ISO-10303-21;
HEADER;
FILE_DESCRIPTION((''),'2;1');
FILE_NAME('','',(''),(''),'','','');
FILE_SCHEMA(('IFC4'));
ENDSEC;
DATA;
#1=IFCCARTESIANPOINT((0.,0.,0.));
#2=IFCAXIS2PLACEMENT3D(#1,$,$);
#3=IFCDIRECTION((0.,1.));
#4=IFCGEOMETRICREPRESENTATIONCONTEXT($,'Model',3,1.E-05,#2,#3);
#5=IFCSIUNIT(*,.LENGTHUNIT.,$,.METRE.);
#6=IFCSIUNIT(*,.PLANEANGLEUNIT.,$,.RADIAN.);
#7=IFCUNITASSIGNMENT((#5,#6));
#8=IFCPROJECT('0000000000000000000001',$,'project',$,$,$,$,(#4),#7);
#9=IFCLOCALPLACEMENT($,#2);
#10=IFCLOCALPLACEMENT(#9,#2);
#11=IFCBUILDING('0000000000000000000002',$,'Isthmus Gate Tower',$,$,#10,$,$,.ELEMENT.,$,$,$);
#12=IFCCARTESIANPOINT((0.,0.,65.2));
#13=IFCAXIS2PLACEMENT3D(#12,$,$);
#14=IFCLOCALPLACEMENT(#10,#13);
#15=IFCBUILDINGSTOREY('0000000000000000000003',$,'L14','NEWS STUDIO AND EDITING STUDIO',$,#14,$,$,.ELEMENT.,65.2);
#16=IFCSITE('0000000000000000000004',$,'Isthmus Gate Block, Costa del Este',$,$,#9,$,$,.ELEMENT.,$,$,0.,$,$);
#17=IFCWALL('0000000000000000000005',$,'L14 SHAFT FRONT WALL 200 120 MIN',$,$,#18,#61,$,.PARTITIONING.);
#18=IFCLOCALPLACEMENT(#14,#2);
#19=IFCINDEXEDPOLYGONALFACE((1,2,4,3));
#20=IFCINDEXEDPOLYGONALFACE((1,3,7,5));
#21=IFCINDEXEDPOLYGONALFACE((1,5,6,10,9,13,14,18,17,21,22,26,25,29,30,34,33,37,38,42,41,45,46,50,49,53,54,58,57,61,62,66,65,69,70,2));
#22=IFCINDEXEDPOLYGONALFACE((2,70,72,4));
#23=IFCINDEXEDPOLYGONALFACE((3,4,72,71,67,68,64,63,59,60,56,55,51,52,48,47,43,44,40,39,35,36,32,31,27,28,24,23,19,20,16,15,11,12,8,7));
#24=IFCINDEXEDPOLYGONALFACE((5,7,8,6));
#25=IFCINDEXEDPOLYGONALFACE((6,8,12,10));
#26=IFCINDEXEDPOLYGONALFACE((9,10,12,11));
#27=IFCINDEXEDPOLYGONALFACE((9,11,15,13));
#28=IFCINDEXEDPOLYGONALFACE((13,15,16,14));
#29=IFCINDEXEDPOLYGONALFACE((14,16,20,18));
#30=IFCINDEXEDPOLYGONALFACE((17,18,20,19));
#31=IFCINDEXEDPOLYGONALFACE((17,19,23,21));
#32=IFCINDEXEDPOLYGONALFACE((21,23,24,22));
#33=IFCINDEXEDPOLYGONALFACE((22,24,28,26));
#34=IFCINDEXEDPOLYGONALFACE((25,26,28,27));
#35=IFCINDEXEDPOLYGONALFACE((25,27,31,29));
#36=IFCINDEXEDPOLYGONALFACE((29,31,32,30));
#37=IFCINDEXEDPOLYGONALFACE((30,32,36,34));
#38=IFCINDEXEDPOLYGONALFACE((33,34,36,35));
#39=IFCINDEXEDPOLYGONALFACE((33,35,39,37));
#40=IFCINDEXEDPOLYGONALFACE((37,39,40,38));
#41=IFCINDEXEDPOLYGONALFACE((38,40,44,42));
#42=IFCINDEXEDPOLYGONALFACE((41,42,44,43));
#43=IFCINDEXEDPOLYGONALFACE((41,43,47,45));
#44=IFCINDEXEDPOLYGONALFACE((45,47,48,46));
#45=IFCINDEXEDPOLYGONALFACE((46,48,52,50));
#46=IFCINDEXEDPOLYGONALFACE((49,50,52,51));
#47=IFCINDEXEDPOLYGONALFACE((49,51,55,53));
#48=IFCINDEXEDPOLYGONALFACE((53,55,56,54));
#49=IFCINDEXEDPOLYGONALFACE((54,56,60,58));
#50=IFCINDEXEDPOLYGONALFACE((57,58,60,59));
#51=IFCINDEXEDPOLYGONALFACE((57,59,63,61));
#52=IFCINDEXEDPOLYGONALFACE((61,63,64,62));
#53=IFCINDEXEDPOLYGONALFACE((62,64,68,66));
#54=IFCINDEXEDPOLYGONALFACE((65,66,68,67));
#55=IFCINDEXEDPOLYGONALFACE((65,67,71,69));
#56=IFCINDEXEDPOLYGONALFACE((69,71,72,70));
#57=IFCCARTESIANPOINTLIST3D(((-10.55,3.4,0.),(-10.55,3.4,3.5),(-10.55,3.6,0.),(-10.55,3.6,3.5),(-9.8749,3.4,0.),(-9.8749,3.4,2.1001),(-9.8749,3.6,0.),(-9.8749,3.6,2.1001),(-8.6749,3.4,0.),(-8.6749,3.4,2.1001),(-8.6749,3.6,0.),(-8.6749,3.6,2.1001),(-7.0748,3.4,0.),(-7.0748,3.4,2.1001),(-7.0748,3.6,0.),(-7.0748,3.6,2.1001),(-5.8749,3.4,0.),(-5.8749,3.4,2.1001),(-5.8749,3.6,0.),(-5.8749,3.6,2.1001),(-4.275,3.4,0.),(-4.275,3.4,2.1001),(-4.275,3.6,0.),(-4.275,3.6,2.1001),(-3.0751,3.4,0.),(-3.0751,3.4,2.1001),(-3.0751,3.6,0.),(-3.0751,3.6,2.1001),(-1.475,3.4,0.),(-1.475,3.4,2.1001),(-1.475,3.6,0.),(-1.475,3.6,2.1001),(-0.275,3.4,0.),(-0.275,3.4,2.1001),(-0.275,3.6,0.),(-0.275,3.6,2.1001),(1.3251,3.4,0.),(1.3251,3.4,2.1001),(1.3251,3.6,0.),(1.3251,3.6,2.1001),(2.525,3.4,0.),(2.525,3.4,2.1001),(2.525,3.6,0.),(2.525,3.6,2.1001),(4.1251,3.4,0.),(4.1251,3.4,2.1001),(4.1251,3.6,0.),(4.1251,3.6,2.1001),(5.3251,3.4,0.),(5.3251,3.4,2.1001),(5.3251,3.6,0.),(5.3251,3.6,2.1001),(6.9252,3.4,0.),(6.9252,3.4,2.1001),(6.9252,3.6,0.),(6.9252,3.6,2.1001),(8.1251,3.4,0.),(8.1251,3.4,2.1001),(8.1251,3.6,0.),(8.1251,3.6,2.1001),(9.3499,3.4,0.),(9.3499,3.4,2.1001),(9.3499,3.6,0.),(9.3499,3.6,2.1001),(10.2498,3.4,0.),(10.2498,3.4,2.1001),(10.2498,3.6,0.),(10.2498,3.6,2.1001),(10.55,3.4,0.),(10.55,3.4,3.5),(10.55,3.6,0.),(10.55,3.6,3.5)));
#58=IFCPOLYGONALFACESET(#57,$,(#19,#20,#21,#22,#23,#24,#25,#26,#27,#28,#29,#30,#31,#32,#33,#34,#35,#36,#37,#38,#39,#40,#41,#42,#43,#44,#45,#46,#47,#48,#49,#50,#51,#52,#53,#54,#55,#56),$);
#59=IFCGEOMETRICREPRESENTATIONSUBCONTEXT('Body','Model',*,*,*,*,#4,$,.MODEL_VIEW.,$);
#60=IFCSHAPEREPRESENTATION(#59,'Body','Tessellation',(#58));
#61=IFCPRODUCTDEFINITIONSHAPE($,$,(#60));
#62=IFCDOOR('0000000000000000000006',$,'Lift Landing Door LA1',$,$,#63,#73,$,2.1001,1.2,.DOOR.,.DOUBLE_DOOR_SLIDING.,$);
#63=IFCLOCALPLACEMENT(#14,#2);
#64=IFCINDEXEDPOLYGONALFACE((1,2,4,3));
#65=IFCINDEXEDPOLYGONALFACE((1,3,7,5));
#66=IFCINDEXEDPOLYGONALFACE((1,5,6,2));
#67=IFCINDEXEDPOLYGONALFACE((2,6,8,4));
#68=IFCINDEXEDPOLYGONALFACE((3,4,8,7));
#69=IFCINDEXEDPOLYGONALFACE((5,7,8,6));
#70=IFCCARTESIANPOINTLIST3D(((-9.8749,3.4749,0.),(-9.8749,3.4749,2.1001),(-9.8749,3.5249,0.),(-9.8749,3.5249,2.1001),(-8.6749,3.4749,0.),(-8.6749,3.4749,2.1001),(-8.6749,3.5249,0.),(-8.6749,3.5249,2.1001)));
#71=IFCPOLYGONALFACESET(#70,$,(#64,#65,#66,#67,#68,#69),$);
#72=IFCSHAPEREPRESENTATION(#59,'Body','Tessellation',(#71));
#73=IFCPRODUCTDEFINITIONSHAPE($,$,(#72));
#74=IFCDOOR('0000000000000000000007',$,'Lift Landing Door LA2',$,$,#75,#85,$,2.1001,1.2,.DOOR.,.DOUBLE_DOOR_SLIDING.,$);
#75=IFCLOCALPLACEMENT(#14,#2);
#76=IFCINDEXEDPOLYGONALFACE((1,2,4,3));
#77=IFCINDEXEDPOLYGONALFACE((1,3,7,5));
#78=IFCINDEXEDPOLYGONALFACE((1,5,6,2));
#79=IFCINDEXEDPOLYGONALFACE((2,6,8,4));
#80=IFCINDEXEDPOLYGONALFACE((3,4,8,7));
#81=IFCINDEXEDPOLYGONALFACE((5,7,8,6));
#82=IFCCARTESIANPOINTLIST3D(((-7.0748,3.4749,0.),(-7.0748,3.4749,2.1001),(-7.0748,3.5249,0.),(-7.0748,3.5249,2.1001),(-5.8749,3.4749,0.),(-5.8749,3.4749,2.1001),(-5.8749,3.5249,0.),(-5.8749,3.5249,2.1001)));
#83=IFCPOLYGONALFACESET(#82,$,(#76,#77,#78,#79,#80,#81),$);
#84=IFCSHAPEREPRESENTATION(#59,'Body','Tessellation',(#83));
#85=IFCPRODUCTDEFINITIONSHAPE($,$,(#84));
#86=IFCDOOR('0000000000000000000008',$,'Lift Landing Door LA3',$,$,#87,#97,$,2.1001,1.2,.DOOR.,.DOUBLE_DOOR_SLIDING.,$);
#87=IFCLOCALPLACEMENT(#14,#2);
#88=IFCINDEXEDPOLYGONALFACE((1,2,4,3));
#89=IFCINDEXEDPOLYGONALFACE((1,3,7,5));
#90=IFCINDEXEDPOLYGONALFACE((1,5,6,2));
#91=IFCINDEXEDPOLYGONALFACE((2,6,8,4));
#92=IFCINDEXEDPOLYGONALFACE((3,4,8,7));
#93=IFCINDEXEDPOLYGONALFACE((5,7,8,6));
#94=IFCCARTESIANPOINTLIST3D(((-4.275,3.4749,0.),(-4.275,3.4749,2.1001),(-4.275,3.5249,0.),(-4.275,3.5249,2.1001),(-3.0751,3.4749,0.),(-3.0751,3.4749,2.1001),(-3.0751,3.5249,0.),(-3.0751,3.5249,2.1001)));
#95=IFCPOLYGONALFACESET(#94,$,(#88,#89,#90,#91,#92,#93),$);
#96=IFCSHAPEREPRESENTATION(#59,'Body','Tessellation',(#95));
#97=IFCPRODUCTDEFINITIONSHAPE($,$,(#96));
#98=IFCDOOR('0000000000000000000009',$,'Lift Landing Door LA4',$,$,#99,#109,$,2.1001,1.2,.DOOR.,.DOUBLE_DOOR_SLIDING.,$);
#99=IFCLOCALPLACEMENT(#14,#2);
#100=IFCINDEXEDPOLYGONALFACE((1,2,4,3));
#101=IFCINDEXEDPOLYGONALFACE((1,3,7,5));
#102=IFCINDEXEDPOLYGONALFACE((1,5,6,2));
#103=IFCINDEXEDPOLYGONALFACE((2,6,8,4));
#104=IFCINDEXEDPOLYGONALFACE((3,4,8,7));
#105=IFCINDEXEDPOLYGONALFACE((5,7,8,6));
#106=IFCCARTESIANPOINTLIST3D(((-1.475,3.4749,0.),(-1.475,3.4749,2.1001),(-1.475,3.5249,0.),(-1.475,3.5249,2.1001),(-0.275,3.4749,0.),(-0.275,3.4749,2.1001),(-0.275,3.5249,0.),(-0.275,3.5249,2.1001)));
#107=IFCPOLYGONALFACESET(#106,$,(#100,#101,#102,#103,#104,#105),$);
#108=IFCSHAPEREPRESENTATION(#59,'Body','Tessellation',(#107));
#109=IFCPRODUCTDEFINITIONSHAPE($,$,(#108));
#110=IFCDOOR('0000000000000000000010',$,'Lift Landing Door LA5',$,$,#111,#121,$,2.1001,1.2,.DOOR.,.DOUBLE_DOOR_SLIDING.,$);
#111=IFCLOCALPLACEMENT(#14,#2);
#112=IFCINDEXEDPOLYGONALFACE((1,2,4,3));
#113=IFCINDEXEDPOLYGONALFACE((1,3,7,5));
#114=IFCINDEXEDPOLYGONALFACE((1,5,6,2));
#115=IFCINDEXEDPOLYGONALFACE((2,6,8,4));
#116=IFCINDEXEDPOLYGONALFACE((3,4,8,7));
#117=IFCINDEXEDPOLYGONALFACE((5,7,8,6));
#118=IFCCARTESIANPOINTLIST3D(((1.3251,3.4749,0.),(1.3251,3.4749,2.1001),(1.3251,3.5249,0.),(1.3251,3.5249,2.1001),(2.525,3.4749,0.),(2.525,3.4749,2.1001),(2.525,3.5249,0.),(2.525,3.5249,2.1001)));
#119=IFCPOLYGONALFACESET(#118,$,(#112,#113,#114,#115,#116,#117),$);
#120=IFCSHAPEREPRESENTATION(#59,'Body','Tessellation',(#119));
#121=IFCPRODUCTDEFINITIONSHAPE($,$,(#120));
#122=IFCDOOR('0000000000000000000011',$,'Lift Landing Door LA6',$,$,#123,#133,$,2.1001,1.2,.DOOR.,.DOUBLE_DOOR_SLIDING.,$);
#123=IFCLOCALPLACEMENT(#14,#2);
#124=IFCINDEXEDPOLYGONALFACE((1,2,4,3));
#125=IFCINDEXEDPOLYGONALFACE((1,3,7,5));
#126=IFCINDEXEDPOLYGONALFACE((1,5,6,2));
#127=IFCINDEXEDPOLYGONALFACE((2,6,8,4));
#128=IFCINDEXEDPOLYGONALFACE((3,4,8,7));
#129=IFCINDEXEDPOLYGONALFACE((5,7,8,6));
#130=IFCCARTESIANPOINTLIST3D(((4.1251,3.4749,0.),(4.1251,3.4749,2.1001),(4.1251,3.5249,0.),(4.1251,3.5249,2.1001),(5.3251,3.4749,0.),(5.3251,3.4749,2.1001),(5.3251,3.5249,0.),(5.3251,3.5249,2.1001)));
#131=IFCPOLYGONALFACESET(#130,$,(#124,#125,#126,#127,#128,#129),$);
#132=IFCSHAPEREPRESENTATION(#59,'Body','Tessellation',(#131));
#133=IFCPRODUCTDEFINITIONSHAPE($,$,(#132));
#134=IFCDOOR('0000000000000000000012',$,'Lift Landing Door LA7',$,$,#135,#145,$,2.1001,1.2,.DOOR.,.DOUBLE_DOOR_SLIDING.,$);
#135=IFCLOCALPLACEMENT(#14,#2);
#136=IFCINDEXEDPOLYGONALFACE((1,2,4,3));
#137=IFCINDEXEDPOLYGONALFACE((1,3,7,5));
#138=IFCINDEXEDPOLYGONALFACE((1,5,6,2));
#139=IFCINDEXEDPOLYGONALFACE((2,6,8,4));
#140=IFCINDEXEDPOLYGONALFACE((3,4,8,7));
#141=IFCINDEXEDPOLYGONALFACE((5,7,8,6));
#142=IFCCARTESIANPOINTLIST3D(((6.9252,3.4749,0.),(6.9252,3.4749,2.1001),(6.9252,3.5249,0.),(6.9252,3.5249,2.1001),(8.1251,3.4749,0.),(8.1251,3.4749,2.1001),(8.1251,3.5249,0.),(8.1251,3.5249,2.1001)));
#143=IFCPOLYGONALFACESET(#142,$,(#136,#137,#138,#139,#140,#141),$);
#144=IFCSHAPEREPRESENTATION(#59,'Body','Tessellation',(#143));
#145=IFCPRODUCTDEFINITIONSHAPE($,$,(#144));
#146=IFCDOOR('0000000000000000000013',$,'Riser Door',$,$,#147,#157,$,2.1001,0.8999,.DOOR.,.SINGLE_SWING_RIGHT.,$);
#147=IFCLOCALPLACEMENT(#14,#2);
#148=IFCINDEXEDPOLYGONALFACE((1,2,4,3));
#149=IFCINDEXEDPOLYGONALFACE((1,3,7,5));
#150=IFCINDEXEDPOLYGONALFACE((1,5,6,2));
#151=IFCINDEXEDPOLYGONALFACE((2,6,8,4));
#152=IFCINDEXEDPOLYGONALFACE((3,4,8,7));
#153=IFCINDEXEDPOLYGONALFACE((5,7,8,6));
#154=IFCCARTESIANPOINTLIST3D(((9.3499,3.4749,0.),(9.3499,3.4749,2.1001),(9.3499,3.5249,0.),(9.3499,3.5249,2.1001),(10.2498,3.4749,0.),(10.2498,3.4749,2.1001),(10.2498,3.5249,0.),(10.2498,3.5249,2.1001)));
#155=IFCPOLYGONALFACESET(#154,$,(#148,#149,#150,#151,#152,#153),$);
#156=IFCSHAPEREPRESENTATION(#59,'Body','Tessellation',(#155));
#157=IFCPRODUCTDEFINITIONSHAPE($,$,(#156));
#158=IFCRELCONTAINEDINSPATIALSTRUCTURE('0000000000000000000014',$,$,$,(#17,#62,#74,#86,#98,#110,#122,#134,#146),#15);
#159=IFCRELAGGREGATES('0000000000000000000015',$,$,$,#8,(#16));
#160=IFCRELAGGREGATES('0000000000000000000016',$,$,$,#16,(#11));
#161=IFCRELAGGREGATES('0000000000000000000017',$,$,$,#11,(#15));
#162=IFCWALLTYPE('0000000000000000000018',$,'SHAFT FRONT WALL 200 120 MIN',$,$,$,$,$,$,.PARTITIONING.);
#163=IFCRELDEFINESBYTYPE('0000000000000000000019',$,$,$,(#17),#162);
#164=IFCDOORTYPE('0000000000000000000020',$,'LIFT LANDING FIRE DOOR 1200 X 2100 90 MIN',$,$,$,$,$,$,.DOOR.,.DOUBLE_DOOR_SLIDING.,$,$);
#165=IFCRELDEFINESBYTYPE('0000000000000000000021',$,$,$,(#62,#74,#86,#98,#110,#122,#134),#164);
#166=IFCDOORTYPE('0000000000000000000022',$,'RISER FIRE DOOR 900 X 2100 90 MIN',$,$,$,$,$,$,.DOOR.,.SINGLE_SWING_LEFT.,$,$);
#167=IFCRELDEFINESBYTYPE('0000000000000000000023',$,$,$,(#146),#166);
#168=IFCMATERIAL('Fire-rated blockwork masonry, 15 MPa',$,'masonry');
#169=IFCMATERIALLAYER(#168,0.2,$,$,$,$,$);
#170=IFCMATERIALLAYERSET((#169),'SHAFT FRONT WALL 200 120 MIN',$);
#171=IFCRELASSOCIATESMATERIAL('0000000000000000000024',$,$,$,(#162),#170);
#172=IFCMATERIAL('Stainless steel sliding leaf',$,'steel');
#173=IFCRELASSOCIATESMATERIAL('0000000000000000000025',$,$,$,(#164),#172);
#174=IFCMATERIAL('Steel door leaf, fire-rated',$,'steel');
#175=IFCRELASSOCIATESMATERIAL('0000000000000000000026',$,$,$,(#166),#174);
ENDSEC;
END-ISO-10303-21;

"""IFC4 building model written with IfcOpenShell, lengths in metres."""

from ifc_helpers import new_model, si_unit, direction, frame, frame_2d, origin, place, context, subcontext, project, spatial, rectangle, extrude, material, layer, layer_set, type_object, element, fill, save


model = new_model("IFC4")

# Units and contexts
model_context = context("Model", 3, precision=1e-05, world=origin(), true_north=direction((0.0, 1.0)))
body_context = subcontext(model_context, "Body", "Model", "MODEL_VIEW")
ifc_project = project(units=[si_unit("LENGTHUNIT", "METRE"), si_unit("PLANEANGLEUNIT", "RADIAN")], contexts=[model_context])

# Site, building, storey
site_placement = place(None, origin())
site = spatial("IfcSite", under=ifc_project, at=site_placement, Name="Isthmus Gate Block, Costa del Este", CompositionType="ELEMENT", RefElevation=0.0)
building_placement = place(site_placement, origin())
building = spatial("IfcBuilding", under=site, at=building_placement, Name="Isthmus Gate Tower", CompositionType="ELEMENT")
storey_placement = place(building_placement, frame((0.0, 0.0, 65.2)))
storey = spatial("IfcBuildingStorey", under=building, at=storey_placement, Name="L14", Description="NEWS STUDIO AND EDITING STUDIO", CompositionType="ELEMENT", Elevation=65.2)

# Wall, openings, doors
ifc_material_1 = material(Name="Fire-rated blockwork masonry, 15 MPa", Category="masonry")
ifc_layer_1 = layer(ifc_material_1, 0.2)
ifc_layer_set_1 = layer_set([ifc_layer_1], Name="SHAFT FRONT WALL 200 120 MIN")
wall_type_1 = type_object("IfcWallType", Name="SHAFT FRONT WALL 200 120 MIN", PredefinedType="PARTITIONING", material=ifc_layer_set_1)
wall_1_placement = place(storey_placement, frame((-10.55, 3.5, 0.0), z_axis=(0.0, 0.0, 1.0), x_axis=(1.0, 0.0, 0.0)))
wall_1 = element("IfcWall", 1, at=wall_1_placement, inside=storey, type_object=wall_type_1, Name="L14 SHAFT FRONT WALL 200 120 MIN", PredefinedType="PARTITIONING", context=body_context, shape_type="SweptSolid", body=[
    extrude(rectangle(XDim=21.1001, YDim=0.2, at=frame_2d((10.55, 0.0))), origin(), (0.0, 0.0, 1.0), 3.5),
])
opening_1_placement = place(wall_1_placement, frame((0.675, 0.0, 0.0)))
opening_1 = element("IfcOpeningElement", 2, at=opening_1_placement, cuts=wall_1, PredefinedType="OPENING", context=body_context, shape_type="SweptSolid", body=[
    extrude(rectangle(XDim=1.2, YDim=2.1001, at=frame_2d((0.6001, 1.05))), frame((0.0, 0.1099, 0.0), z_axis=(0.0, -1.0, 0.0), x_axis=(1.0, 0.0, 0.0)), (0.0, 0.0, 1.0), 0.22),
])
opening_2_placement = place(wall_1_placement, frame((3.4751, 0.0, 0.0)))
opening_2 = element("IfcOpeningElement", 3, at=opening_2_placement, cuts=wall_1, PredefinedType="OPENING", context=body_context, shape_type="SweptSolid", body=[
    extrude(rectangle(XDim=1.2, YDim=2.1001, at=frame_2d((0.6001, 1.05))), frame((0.0, 0.1099, 0.0), z_axis=(0.0, -1.0, 0.0), x_axis=(1.0, 0.0, 0.0)), (0.0, 0.0, 1.0), 0.22),
])
opening_3_placement = place(wall_1_placement, frame((6.2749, 0.0, 0.0)))
opening_3 = element("IfcOpeningElement", 4, at=opening_3_placement, cuts=wall_1, PredefinedType="OPENING", context=body_context, shape_type="SweptSolid", body=[
    extrude(rectangle(XDim=1.2, YDim=2.1001, at=frame_2d((0.6001, 1.05))), frame((0.0, 0.1099, 0.0), z_axis=(0.0, -1.0, 0.0), x_axis=(1.0, 0.0, 0.0)), (0.0, 0.0, 1.0), 0.22),
])
opening_4_placement = place(wall_1_placement, frame((9.075, 0.0, 0.0)))
opening_4 = element("IfcOpeningElement", 5, at=opening_4_placement, cuts=wall_1, PredefinedType="OPENING", context=body_context, shape_type="SweptSolid", body=[
    extrude(rectangle(XDim=1.2, YDim=2.1001, at=frame_2d((0.6001, 1.05))), frame((0.0, 0.1099, 0.0), z_axis=(0.0, -1.0, 0.0), x_axis=(1.0, 0.0, 0.0)), (0.0, 0.0, 1.0), 0.22),
])
opening_5_placement = place(wall_1_placement, frame((11.875, 0.0, 0.0)))
opening_5 = element("IfcOpeningElement", 6, at=opening_5_placement, cuts=wall_1, PredefinedType="OPENING", context=body_context, shape_type="SweptSolid", body=[
    extrude(rectangle(XDim=1.2, YDim=2.1001, at=frame_2d((0.6001, 1.05))), frame((0.0, 0.1099, 0.0), z_axis=(0.0, -1.0, 0.0), x_axis=(1.0, 0.0, 0.0)), (0.0, 0.0, 1.0), 0.22),
])
opening_6_placement = place(wall_1_placement, frame((14.675, 0.0, 0.0)))
opening_6 = element("IfcOpeningElement", 7, at=opening_6_placement, cuts=wall_1, PredefinedType="OPENING", context=body_context, shape_type="SweptSolid", body=[
    extrude(rectangle(XDim=1.2, YDim=2.1001, at=frame_2d((0.6001, 1.05))), frame((0.0, 0.1099, 0.0), z_axis=(0.0, -1.0, 0.0), x_axis=(1.0, 0.0, 0.0)), (0.0, 0.0, 1.0), 0.22),
])
opening_7_placement = place(wall_1_placement, frame((17.4751, 0.0, 0.0)))
opening_7 = element("IfcOpeningElement", 8, at=opening_7_placement, cuts=wall_1, PredefinedType="OPENING", context=body_context, shape_type="SweptSolid", body=[
    extrude(rectangle(XDim=1.2, YDim=2.1001, at=frame_2d((0.6001, 1.05))), frame((0.0, 0.1099, 0.0), z_axis=(0.0, -1.0, 0.0), x_axis=(1.0, 0.0, 0.0)), (0.0, 0.0, 1.0), 0.22),
])
opening_8_placement = place(wall_1_placement, frame((19.8999, 0.0, 0.0)))
opening_8 = element("IfcOpeningElement", 9, at=opening_8_placement, cuts=wall_1, PredefinedType="OPENING", context=body_context, shape_type="SweptSolid", body=[
    extrude(rectangle(XDim=0.8999, YDim=2.1001, at=frame_2d((0.45, 1.05))), frame((0.0, 0.1099, 0.0), z_axis=(0.0, -1.0, 0.0), x_axis=(1.0, 0.0, 0.0)), (0.0, 0.0, 1.0), 0.22),
])
ifc_material_2 = material(Name="Stainless steel sliding leaf", Category="steel")
door_type_1 = type_object("IfcDoorType", Name="LIFT LANDING FIRE DOOR 1200 X 2100 90 MIN", OperationType="DOUBLE_DOOR_SLIDING", PredefinedType="DOOR", material=ifc_material_2)
door_1_placement = place(opening_1_placement, origin())
door_1 = element("IfcDoor", 10, at=door_1_placement, inside=storey, type_object=door_type_1, Name="Lift Landing Door LA1", OperationType="DOUBLE_DOOR_SLIDING", OverallHeight=2.1001, OverallWidth=1.2, PredefinedType="DOOR", context=body_context, shape_type="SweptSolid", body=[
    extrude(rectangle(XDim=1.2, YDim=2.1001, at=frame_2d((0.6001, 1.05))), frame((0.0, 0.0249, 0.0), z_axis=(0.0, -1.0, 0.0), x_axis=(1.0, 0.0, 0.0)), (0.0, 0.0, 1.0), 0.05),
])
fill(opening_1, door_1)
door_2_placement = place(opening_2_placement, origin())
door_2 = element("IfcDoor", 11, at=door_2_placement, inside=storey, type_object=door_type_1, Name="Lift Landing Door LA2", OperationType="DOUBLE_DOOR_SLIDING", OverallHeight=2.1001, OverallWidth=1.2, PredefinedType="DOOR", context=body_context, shape_type="SweptSolid", body=[
    extrude(rectangle(XDim=1.2, YDim=2.1001, at=frame_2d((0.6001, 1.05))), frame((0.0, 0.0249, 0.0), z_axis=(0.0, -1.0, 0.0), x_axis=(1.0, 0.0, 0.0)), (0.0, 0.0, 1.0), 0.05),
])
fill(opening_2, door_2)
door_3_placement = place(opening_3_placement, origin())
door_3 = element("IfcDoor", 12, at=door_3_placement, inside=storey, type_object=door_type_1, Name="Lift Landing Door LA3", OperationType="DOUBLE_DOOR_SLIDING", OverallHeight=2.1001, OverallWidth=1.2, PredefinedType="DOOR", context=body_context, shape_type="SweptSolid", body=[
    extrude(rectangle(XDim=1.2, YDim=2.1001, at=frame_2d((0.6001, 1.05))), frame((0.0, 0.0249, 0.0), z_axis=(0.0, -1.0, 0.0), x_axis=(1.0, 0.0, 0.0)), (0.0, 0.0, 1.0), 0.05),
])
fill(opening_3, door_3)
door_4_placement = place(opening_4_placement, origin())
door_4 = element("IfcDoor", 13, at=door_4_placement, inside=storey, type_object=door_type_1, Name="Lift Landing Door LA4", OperationType="DOUBLE_DOOR_SLIDING", OverallHeight=2.1001, OverallWidth=1.2, PredefinedType="DOOR", context=body_context, shape_type="SweptSolid", body=[
    extrude(rectangle(XDim=1.2, YDim=2.1001, at=frame_2d((0.6001, 1.05))), frame((0.0, 0.0249, 0.0), z_axis=(0.0, -1.0, 0.0), x_axis=(1.0, 0.0, 0.0)), (0.0, 0.0, 1.0), 0.05),
])
fill(opening_4, door_4)
door_5_placement = place(opening_5_placement, origin())
door_5 = element("IfcDoor", 14, at=door_5_placement, inside=storey, type_object=door_type_1, Name="Lift Landing Door LA5", OperationType="DOUBLE_DOOR_SLIDING", OverallHeight=2.1001, OverallWidth=1.2, PredefinedType="DOOR", context=body_context, shape_type="SweptSolid", body=[
    extrude(rectangle(XDim=1.2, YDim=2.1001, at=frame_2d((0.6001, 1.05))), frame((0.0, 0.0249, 0.0), z_axis=(0.0, -1.0, 0.0), x_axis=(1.0, 0.0, 0.0)), (0.0, 0.0, 1.0), 0.05),
])
fill(opening_5, door_5)
door_6_placement = place(opening_6_placement, origin())
door_6 = element("IfcDoor", 15, at=door_6_placement, inside=storey, type_object=door_type_1, Name="Lift Landing Door LA6", OperationType="DOUBLE_DOOR_SLIDING", OverallHeight=2.1001, OverallWidth=1.2, PredefinedType="DOOR", context=body_context, shape_type="SweptSolid", body=[
    extrude(rectangle(XDim=1.2, YDim=2.1001, at=frame_2d((0.6001, 1.05))), frame((0.0, 0.0249, 0.0), z_axis=(0.0, -1.0, 0.0), x_axis=(1.0, 0.0, 0.0)), (0.0, 0.0, 1.0), 0.05),
])
fill(opening_6, door_6)
door_7_placement = place(opening_7_placement, origin())
door_7 = element("IfcDoor", 16, at=door_7_placement, inside=storey, type_object=door_type_1, Name="Lift Landing Door LA7", OperationType="DOUBLE_DOOR_SLIDING", OverallHeight=2.1001, OverallWidth=1.2, PredefinedType="DOOR", context=body_context, shape_type="SweptSolid", body=[
    extrude(rectangle(XDim=1.2, YDim=2.1001, at=frame_2d((0.6001, 1.05))), frame((0.0, 0.0249, 0.0), z_axis=(0.0, -1.0, 0.0), x_axis=(1.0, 0.0, 0.0)), (0.0, 0.0, 1.0), 0.05),
])
fill(opening_7, door_7)
ifc_material_3 = material(Name="Steel door leaf, fire-rated", Category="steel")
door_type_2 = type_object("IfcDoorType", Name="RISER FIRE DOOR 900 X 2100 90 MIN", OperationType="SINGLE_SWING_LEFT", PredefinedType="DOOR", material=ifc_material_3)
door_8_placement = place(opening_8_placement, origin())
door_8 = element("IfcDoor", 17, at=door_8_placement, inside=storey, type_object=door_type_2, Name="Riser Door", OperationType="SINGLE_SWING_RIGHT", OverallHeight=2.1001, OverallWidth=0.8999, PredefinedType="DOOR", context=body_context, shape_type="SweptSolid", body=[
    extrude(rectangle(XDim=0.8999, YDim=2.1001, at=frame_2d((0.45, 1.05))), frame((0.0, 0.0249, 0.0), z_axis=(0.0, -1.0, 0.0), x_axis=(1.0, 0.0, 0.0)), (0.0, 0.0, 1.0), 0.05),
])
fill(opening_8, door_8)

save(model, "model.ifc")
